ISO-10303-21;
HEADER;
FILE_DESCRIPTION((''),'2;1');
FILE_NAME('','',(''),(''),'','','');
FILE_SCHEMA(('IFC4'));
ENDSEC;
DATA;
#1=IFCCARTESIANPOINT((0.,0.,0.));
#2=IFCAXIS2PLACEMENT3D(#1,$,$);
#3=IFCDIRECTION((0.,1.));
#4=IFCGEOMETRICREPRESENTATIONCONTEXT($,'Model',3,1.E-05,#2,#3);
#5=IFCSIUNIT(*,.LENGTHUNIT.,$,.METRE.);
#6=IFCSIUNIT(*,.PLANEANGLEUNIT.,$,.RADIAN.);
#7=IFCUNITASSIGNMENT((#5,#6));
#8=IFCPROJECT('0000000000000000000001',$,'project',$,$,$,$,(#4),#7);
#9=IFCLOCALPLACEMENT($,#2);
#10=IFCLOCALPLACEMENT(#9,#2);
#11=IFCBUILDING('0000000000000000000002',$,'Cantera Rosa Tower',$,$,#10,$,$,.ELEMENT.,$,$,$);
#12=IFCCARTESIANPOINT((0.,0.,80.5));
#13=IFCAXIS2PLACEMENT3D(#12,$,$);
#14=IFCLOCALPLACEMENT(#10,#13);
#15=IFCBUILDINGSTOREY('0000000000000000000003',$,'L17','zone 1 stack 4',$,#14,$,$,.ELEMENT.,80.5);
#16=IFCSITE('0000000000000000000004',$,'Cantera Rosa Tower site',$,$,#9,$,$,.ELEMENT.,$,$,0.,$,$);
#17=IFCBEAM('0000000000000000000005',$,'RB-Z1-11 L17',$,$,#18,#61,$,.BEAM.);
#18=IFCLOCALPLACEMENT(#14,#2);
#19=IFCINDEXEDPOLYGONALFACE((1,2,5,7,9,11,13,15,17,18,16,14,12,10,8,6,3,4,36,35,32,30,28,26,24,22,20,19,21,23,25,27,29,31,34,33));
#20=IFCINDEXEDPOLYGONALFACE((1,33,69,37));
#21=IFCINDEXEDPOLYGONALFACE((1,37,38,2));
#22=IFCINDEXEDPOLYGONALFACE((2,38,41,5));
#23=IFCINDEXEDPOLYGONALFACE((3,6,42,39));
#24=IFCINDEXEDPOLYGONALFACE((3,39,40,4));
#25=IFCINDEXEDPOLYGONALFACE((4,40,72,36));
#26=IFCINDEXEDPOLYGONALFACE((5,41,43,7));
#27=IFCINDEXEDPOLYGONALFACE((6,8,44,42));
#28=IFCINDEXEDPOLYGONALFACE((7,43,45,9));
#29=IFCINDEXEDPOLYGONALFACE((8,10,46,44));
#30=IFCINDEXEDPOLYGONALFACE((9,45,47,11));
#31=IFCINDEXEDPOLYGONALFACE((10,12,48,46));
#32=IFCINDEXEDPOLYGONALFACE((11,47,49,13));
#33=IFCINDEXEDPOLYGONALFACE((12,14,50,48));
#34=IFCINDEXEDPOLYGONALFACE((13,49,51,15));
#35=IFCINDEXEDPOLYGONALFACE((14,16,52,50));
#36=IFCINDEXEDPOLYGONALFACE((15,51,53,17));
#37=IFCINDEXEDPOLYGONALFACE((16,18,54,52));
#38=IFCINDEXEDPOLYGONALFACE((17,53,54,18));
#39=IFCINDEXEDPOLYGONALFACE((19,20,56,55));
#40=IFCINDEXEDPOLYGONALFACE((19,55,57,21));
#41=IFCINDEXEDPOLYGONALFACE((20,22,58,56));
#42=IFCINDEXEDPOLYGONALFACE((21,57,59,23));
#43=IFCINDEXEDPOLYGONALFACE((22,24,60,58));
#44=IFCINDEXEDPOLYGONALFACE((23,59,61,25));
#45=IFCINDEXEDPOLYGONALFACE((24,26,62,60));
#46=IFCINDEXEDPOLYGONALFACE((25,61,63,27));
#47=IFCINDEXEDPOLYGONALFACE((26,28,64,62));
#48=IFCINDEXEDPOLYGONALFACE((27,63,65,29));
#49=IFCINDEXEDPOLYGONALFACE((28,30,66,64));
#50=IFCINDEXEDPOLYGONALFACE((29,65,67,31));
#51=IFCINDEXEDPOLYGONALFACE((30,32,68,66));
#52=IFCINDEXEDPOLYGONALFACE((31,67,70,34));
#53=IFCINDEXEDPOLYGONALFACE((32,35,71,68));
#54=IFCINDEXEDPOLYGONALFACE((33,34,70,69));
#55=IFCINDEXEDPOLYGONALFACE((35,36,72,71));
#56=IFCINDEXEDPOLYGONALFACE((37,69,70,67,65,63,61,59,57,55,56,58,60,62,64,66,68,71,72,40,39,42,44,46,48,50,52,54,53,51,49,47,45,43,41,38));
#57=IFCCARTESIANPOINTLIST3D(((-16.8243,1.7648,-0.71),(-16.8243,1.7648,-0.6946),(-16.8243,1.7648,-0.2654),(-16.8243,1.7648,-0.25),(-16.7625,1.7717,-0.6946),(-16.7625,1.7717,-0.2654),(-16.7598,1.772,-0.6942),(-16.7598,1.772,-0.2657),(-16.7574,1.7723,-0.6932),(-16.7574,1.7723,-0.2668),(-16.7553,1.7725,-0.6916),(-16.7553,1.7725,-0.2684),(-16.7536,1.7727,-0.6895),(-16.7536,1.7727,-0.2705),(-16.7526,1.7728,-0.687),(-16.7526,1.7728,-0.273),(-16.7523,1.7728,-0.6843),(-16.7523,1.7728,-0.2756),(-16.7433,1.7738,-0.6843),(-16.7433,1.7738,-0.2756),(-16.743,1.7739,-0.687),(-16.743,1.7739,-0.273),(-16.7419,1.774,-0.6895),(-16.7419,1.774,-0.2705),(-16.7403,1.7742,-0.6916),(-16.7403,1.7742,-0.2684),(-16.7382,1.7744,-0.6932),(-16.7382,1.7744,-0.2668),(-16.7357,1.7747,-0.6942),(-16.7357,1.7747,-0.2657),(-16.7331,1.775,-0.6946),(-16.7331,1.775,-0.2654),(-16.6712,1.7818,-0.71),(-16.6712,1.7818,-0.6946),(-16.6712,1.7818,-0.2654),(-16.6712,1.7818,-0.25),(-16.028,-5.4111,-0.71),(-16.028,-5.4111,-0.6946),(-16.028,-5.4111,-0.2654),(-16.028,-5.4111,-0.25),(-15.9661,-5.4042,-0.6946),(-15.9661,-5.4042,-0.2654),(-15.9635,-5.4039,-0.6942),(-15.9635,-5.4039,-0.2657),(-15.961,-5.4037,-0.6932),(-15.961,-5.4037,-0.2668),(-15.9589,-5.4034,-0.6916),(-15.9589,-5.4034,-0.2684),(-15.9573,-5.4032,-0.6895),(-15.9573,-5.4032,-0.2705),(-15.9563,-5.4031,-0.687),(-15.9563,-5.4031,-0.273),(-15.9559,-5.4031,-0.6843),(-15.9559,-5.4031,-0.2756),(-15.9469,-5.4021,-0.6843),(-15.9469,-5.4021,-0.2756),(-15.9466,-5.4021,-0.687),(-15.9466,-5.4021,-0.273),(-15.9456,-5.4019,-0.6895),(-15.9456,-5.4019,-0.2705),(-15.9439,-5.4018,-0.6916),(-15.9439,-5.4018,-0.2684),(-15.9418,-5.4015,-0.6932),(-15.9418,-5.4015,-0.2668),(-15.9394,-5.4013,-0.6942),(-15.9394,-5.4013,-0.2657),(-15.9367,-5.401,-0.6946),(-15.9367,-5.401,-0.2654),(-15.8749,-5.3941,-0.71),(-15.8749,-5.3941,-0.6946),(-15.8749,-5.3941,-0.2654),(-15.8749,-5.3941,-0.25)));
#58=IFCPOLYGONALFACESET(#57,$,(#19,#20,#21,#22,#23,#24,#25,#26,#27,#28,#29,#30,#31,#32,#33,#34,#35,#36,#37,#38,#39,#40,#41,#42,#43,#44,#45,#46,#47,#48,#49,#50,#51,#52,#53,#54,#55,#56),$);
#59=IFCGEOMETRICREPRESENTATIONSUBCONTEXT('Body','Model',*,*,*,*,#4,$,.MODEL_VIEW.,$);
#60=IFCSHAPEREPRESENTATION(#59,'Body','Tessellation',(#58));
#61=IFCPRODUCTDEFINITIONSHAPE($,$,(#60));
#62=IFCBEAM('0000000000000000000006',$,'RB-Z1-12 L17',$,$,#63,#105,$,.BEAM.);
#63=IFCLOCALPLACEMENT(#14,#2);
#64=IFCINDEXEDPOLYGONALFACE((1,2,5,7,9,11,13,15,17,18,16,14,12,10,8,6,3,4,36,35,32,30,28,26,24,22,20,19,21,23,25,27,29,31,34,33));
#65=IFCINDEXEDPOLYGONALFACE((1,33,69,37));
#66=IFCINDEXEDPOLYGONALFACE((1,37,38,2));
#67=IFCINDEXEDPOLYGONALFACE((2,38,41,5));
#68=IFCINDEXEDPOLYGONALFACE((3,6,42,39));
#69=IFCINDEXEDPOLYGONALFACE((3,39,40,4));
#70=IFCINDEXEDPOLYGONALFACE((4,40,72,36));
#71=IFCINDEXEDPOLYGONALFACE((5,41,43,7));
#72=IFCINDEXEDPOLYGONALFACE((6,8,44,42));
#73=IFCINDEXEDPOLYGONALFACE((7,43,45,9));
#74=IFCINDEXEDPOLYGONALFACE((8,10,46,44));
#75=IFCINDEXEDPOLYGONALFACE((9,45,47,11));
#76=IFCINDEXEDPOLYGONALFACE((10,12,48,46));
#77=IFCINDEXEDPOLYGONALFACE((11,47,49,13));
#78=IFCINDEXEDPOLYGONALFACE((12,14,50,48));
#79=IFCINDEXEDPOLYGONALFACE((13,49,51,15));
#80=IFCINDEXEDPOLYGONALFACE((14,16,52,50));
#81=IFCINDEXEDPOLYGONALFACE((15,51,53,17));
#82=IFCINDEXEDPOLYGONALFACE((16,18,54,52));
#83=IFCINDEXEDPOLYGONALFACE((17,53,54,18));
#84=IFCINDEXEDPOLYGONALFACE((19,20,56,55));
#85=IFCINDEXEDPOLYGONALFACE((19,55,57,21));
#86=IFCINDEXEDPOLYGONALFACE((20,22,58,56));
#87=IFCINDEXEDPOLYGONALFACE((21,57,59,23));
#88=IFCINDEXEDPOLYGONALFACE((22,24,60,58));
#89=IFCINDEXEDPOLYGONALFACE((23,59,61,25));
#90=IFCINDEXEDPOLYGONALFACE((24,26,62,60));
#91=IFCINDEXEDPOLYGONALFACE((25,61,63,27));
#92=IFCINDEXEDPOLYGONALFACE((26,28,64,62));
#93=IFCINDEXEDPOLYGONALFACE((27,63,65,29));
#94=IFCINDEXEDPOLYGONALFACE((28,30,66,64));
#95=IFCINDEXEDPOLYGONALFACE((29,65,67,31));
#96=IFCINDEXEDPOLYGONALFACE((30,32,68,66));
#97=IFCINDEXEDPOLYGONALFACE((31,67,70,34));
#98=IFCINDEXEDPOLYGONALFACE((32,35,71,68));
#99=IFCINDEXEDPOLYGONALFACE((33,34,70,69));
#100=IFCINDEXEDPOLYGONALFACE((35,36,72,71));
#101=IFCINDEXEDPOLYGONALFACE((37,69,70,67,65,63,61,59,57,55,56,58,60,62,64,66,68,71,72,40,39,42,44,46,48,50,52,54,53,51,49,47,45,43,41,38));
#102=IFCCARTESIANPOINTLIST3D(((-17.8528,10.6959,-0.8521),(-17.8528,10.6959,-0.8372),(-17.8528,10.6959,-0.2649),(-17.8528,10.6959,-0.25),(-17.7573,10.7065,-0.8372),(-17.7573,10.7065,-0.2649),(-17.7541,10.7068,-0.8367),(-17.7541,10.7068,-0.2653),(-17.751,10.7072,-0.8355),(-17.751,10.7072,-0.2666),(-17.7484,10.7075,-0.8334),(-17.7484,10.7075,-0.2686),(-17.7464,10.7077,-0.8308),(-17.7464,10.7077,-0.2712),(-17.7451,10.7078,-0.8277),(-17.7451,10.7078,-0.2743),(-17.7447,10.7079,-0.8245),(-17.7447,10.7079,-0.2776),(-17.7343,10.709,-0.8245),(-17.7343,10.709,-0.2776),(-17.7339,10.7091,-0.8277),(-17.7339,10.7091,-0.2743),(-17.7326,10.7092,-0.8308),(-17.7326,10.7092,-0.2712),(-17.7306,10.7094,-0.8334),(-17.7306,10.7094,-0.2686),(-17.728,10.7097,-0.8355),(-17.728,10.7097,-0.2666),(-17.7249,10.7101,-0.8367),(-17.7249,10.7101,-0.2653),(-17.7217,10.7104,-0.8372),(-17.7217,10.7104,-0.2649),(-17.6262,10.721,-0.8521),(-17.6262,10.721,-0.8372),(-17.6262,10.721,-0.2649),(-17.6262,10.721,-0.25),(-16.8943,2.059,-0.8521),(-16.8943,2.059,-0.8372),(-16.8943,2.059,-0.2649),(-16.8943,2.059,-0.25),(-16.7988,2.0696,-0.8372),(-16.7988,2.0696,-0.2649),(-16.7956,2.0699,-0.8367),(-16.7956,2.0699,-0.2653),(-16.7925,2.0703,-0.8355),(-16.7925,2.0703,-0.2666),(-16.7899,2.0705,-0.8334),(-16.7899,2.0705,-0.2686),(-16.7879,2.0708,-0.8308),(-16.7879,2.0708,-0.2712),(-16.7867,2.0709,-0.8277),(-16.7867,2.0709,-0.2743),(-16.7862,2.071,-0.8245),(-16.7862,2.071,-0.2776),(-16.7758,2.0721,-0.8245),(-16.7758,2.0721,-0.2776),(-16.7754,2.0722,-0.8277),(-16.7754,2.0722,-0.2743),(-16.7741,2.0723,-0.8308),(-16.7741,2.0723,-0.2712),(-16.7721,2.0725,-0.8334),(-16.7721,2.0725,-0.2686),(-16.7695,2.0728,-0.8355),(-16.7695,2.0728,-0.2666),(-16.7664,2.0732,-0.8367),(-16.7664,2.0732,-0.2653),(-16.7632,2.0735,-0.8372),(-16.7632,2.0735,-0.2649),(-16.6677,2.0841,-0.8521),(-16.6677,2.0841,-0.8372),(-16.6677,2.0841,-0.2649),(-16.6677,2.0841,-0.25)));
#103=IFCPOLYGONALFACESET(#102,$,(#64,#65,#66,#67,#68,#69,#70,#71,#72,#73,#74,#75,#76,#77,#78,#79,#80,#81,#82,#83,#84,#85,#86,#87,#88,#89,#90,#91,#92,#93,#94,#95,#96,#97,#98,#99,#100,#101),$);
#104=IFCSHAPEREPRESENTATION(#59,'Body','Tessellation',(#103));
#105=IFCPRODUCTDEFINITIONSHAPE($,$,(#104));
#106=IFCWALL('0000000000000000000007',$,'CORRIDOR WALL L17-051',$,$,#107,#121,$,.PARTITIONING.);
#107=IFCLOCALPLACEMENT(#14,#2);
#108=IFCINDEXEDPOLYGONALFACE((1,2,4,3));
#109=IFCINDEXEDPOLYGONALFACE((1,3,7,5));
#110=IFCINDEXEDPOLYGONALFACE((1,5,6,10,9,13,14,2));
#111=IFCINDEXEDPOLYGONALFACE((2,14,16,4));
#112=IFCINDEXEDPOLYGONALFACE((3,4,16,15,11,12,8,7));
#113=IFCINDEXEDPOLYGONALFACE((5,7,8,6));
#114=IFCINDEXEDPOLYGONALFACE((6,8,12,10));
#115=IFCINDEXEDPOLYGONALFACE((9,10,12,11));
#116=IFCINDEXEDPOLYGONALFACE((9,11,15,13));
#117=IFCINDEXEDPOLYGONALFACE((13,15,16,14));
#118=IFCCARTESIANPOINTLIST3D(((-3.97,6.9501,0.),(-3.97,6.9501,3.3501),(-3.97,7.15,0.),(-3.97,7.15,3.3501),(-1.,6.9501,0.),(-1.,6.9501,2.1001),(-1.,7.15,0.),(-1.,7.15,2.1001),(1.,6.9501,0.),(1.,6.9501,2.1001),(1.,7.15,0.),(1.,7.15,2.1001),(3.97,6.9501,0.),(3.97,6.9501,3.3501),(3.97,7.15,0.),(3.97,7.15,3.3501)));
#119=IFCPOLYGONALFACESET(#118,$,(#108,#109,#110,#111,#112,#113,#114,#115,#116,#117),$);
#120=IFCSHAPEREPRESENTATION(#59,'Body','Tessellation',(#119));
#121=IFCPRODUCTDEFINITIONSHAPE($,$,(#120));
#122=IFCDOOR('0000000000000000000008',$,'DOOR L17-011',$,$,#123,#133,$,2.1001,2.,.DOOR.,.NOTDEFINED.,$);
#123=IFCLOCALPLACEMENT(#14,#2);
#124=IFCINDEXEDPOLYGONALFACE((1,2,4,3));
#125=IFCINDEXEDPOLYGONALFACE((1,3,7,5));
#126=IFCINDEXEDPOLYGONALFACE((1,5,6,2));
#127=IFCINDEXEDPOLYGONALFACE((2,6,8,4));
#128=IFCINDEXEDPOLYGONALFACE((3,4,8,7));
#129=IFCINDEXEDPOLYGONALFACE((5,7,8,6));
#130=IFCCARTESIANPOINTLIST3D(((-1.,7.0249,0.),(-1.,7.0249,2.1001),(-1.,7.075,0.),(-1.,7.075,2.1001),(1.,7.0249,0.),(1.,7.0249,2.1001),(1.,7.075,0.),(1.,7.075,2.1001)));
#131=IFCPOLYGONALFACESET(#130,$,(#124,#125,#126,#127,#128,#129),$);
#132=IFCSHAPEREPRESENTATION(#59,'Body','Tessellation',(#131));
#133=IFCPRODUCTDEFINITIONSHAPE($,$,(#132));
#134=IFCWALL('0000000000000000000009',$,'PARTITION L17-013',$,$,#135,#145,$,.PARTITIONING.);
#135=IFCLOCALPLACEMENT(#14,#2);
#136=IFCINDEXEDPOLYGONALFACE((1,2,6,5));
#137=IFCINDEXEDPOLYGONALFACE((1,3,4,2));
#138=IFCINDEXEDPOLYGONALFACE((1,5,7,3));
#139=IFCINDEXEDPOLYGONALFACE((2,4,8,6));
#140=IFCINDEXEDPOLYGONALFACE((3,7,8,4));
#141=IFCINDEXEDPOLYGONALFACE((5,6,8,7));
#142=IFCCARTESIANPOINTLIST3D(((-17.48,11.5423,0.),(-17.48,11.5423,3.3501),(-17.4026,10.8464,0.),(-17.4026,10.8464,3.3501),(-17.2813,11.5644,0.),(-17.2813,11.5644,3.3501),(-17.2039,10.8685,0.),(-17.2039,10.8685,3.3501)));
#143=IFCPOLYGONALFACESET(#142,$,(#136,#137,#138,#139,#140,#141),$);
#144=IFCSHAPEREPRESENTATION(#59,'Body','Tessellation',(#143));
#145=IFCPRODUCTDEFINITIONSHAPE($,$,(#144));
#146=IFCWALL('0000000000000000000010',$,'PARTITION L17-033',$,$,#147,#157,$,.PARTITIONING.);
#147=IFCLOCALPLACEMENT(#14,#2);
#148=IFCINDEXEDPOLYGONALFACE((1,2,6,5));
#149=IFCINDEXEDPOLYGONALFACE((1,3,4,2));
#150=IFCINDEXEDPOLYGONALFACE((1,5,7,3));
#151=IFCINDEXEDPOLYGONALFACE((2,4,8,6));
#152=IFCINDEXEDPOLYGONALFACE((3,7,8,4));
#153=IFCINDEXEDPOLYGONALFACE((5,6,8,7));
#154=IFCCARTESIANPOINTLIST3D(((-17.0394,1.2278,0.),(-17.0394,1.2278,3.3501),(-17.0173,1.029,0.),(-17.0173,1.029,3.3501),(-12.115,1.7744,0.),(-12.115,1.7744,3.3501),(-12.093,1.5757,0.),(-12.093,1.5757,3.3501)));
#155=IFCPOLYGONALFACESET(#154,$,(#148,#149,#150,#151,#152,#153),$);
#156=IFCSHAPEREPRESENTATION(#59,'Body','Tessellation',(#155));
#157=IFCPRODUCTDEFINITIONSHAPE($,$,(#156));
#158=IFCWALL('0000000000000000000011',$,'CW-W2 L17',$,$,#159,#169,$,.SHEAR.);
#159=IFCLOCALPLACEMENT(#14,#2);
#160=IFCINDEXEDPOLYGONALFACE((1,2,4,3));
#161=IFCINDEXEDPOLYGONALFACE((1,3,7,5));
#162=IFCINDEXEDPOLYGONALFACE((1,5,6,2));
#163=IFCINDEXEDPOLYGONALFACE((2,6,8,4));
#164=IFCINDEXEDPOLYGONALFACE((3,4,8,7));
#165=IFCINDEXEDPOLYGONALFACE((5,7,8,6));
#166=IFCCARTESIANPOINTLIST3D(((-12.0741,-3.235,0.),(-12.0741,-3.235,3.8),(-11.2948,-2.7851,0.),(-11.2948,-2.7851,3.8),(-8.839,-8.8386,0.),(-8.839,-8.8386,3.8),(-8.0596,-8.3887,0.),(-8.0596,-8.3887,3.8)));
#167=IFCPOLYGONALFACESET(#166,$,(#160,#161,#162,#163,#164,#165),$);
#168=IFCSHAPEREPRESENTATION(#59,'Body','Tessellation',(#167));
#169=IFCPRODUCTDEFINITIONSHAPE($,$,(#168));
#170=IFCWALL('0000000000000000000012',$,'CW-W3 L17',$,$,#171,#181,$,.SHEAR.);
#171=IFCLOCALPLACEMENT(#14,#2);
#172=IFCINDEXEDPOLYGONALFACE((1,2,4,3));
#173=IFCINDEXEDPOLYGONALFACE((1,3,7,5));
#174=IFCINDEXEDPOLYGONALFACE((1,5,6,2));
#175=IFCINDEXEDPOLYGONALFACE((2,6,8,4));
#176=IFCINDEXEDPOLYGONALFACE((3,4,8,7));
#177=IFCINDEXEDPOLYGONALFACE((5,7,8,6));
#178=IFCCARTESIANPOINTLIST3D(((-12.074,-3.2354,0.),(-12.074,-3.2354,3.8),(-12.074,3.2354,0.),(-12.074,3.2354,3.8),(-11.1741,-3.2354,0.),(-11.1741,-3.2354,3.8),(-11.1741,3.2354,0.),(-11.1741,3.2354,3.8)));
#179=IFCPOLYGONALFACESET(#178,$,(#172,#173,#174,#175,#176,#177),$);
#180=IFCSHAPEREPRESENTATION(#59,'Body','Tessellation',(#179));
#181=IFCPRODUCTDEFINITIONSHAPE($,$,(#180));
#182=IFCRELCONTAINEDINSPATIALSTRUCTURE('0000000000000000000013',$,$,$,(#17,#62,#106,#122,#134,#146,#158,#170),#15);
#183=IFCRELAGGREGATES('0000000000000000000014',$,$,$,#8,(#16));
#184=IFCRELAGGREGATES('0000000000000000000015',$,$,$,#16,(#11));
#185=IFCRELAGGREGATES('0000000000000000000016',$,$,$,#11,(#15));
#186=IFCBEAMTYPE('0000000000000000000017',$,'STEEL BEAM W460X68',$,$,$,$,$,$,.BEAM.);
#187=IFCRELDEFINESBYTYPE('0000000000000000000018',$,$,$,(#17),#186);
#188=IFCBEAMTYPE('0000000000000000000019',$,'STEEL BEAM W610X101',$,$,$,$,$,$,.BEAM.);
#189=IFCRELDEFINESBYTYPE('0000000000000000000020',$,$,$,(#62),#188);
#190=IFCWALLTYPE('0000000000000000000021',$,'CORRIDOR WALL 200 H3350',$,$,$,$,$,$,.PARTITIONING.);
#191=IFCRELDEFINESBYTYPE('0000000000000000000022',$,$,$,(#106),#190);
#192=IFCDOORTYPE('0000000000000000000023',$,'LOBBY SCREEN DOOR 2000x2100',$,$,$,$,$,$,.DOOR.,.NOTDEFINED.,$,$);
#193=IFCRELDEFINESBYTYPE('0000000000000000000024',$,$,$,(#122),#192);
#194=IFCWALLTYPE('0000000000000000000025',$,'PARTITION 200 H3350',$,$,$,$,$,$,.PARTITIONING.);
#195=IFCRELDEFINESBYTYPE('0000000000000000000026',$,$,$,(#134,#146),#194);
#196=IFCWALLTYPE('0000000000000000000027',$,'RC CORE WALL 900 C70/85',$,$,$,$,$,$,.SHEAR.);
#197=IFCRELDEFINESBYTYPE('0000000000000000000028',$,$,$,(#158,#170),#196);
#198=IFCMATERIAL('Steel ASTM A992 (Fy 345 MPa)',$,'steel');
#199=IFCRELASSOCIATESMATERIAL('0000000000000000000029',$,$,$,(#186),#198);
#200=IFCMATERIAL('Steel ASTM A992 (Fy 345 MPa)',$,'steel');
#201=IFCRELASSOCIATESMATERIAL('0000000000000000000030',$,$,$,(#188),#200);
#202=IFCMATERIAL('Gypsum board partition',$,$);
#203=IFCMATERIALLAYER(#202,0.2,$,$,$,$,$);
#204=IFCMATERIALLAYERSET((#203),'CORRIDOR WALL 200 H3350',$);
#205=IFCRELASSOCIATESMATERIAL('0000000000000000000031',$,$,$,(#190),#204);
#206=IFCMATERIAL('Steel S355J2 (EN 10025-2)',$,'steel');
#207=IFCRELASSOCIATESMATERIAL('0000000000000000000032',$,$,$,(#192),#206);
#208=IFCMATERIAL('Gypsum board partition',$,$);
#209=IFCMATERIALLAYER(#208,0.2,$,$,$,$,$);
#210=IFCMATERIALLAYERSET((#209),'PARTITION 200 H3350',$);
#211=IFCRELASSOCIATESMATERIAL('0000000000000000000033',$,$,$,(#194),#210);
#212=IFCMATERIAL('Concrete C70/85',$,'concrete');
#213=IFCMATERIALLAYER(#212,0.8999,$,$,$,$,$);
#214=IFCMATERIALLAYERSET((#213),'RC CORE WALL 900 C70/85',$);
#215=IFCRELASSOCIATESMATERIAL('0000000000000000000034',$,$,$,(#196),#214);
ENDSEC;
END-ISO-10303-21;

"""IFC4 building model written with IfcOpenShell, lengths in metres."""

from ifc_helpers import new_model, si_unit, direction, frame, frame_2d, origin, origin_2d, place, context, subcontext, project, spatial, rectangle, i_section, extrude, material, layer, layer_set, material_profile, profile_set, type_object, element, fill, save


model = new_model("IFC4")

# Units and contexts
model_context = context("Model", 3, precision=1e-05, world=origin(), true_north=direction((0.0, 1.0)))
body_context = subcontext(model_context, "Body", "Model", "MODEL_VIEW")
ifc_project = project(units=[si_unit("LENGTHUNIT", "METRE"), si_unit("PLANEANGLEUNIT", "RADIAN")], contexts=[model_context])

# Site, building, storey
site_placement = place(None, origin())
site = spatial("IfcSite", under=ifc_project, at=site_placement, Name="Cantera Rosa Tower site", CompositionType="ELEMENT", RefElevation=0.0)
building_placement = place(site_placement, origin())
building = spatial("IfcBuilding", under=site, at=building_placement, Name="Cantera Rosa Tower", CompositionType="ELEMENT")
storey_placement = place(building_placement, frame((0.0, 0.0, 80.5)))
storey = spatial("IfcBuildingStorey", under=building, at=storey_placement, Name="L17", Description="zone 1 stack 4", CompositionType="ELEMENT", Elevation=80.5)

# Beams
ifc_material_1 = material(Name="Steel ASTM A992 (Fy 345 MPa)", Category="steel")
ifc_material_profile_1 = material_profile(ifc_material_1, i_section(OverallWidth=0.1541, OverallDepth=0.46, WebThickness=0.009, FlangeThickness=0.0154, FilletRadius=0.0103, at=origin_2d()), Name="W460X68")
ifc_profile_set_1 = profile_set([ifc_material_profile_1], Name="Steel ASTM A992 (Fy 345 MPa)")
beam_type_1 = type_object("IfcBeamType", Name="STEEL BEAM W460X68", PredefinedType="BEAM", material=ifc_profile_set_1)
beam_1_placement = place(storey_placement, frame((-15.9514, -5.4026, -0.48), z_axis=(-0.110302, 0.993898, 0.0), x_axis=(-0.993898, -0.110302, 0.0)))
element("IfcBeam", 1, at=beam_1_placement, inside=storey, type_object=beam_type_1, Name="RB-Z1-11 L17", PredefinedType="BEAM", context=body_context, shape_type="SweptSolid", body=[
    extrude(i_section(OverallWidth=0.1541, OverallDepth=0.46, WebThickness=0.009, FlangeThickness=0.0154, FilletRadius=0.0103, at=origin_2d()), origin(), (0.0, 0.0, 1.0), 7.22),
])
ifc_material_2 = material(Name="Steel ASTM A992 (Fy 345 MPa)", Category="steel")
ifc_material_profile_2 = material_profile(ifc_material_2, i_section(OverallWidth=0.228, OverallDepth=0.6021, WebThickness=0.0105, FlangeThickness=0.0149, FilletRadius=0.0127, at=origin_2d()), Name="W610X101")
ifc_profile_set_2 = profile_set([ifc_material_profile_2], Name="Steel ASTM A992 (Fy 345 MPa)")
beam_type_2 = type_object("IfcBeamType", Name="STEEL BEAM W610X101", PredefinedType="BEAM", material=ifc_profile_set_2)
beam_2_placement = place(storey_placement, frame((-16.781, 2.0715, -0.551), z_axis=(-0.110299, 0.993898, 0.0), x_axis=(-0.993898, -0.110299, 0.0)))
element("IfcBeam", 2, at=beam_2_placement, inside=storey, type_object=beam_type_2, Name="RB-Z1-12 L17", PredefinedType="BEAM", context=body_context, shape_type="SweptSolid", body=[
    extrude(i_section(OverallWidth=0.228, OverallDepth=0.6021, WebThickness=0.0105, FlangeThickness=0.0149, FilletRadius=0.0127, at=origin_2d()), origin(), (0.0, 0.0, 1.0), 8.6899),
])

# Wall, opening, door
ifc_material_3 = material(Name="Gypsum board partition")
ifc_layer_1 = layer(ifc_material_3, 0.2)
ifc_layer_set_1 = layer_set([ifc_layer_1], Name="CORRIDOR WALL 200 H3350")
wall_type_1 = type_object("IfcWallType", Name="CORRIDOR WALL 200 H3350", PredefinedType="PARTITIONING", material=ifc_layer_set_1)
wall_1_placement = place(storey_placement, frame((-3.97, 7.05, 0.0), z_axis=(0.0, 0.0, 1.0), x_axis=(1.0, 0.0, 0.0)))
wall_1 = element("IfcWall", 3, at=wall_1_placement, inside=storey, type_object=wall_type_1, Name="CORRIDOR WALL L17-051", PredefinedType="PARTITIONING", context=body_context, shape_type="SweptSolid", body=[
    extrude(rectangle(XDim=7.9399, YDim=0.2, at=frame_2d((3.97, 0.0))), origin(), (0.0, 0.0, 1.0), 3.3501),
])
opening_placement = place(wall_1_placement, frame((2.97, 0.0, 0.0)))
opening = element("IfcOpeningElement", 4, at=opening_placement, cuts=wall_1, PredefinedType="OPENING", context=body_context, shape_type="SweptSolid", body=[
    extrude(rectangle(XDim=2.0, YDim=2.1001, at=frame_2d((1.0, 1.05))), frame((0.0, 0.1099, 0.0), z_axis=(0.0, -1.0, 0.0), x_axis=(1.0, 0.0, 0.0)), (0.0, 0.0, 1.0), 0.22),
])
ifc_material_4 = material(Name="Steel S355J2 (EN 10025-2)", Category="steel")
door_type = type_object("IfcDoorType", Name="LOBBY SCREEN DOOR 2000x2100", OperationType="NOTDEFINED", PredefinedType="DOOR", material=ifc_material_4)
door_placement = place(opening_placement, origin())
door = element("IfcDoor", 5, at=door_placement, inside=storey, type_object=door_type, Name="DOOR L17-011", OperationType="NOTDEFINED", OverallHeight=2.1001, OverallWidth=2.0, PredefinedType="DOOR", context=body_context, shape_type="SweptSolid", body=[
    extrude(rectangle(XDim=2.0, YDim=2.1001, at=frame_2d((1.0, 1.05))), frame((0.0, 0.0249, 0.0), z_axis=(0.0, -1.0, 0.0), x_axis=(1.0, 0.0, 0.0)), (0.0, 0.0, 1.0), 0.05),
])
fill(opening, door)

# Walls
ifc_material_5 = material(Name="Gypsum board partition")
ifc_layer_2 = layer(ifc_material_5, 0.2)
ifc_layer_set_2 = layer_set([ifc_layer_2], Name="PARTITION 200 H3350")
wall_type_2 = type_object("IfcWallType", Name="PARTITION 200 H3350", PredefinedType="PARTITIONING", material=ifc_layer_set_2)
wall_2_placement = place(storey_placement, frame((-17.3032, 10.8574, 0.0), z_axis=(0.0, 0.0, 1.0), x_axis=(-0.110546, 0.993871, 0.0)))
element("IfcWall", 6, at=wall_2_placement, inside=storey, type_object=wall_type_2, Name="PARTITION L17-013", PredefinedType="PARTITIONING", context=body_context, shape_type="SweptSolid", body=[
    extrude(rectangle(XDim=0.7002, YDim=0.2, at=frame_2d((0.3501, 0.0))), origin(), (0.0, 0.0, 1.0), 3.3501),
])
wall_3_placement = place(storey_placement, frame((-12.104, 1.675, 0.0), z_axis=(0.0, 0.0, 1.0), x_axis=(-0.993895, -0.110329, 0.0)))
element("IfcWall", 7, at=wall_3_placement, inside=storey, type_object=wall_type_2, Name="PARTITION L17-033", PredefinedType="PARTITIONING", context=body_context, shape_type="SweptSolid", body=[
    extrude(rectangle(XDim=4.9546, YDim=0.2, at=frame_2d((2.4773, 0.0))), origin(), (0.0, 0.0, 1.0), 3.3501),
])
ifc_material_6 = material(Name="Concrete C70/85", Category="concrete")
ifc_layer_3 = layer(ifc_material_6, 0.8999)
ifc_layer_set_3 = layer_set([ifc_layer_3], Name="RC CORE WALL 900 C70/85")
wall_type_3 = type_object("IfcWallType", Name="RC CORE WALL 900 C70/85", PredefinedType="SHEAR", material=ifc_layer_set_3)
wall_4_placement = place(storey_placement, frame((-8.4492, -8.6138, 0.0), z_axis=(0.0, 0.0, 1.0), x_axis=(-0.49999, 0.866031, 0.0)))
element("IfcWall", 8, at=wall_4_placement, inside=storey, type_object=wall_type_3, Name="CW-W2 L17", PredefinedType="SHEAR", context=body_context, shape_type="SweptSolid", body=[
    extrude(rectangle(XDim=6.4705, YDim=0.8999, at=frame_2d((3.2354, 0.0))), origin(), (0.0, 0.0, 1.0), 3.8),
])
wall_5_placement = place(storey_placement, frame((-11.624, -3.2354, 0.0), z_axis=(0.0, 0.0, 1.0), x_axis=(0.0, 1.0, 0.0)))
element("IfcWall", 9, at=wall_5_placement, inside=storey, type_object=wall_type_3, Name="CW-W3 L17", PredefinedType="SHEAR", context=body_context, shape_type="SweptSolid", body=[
    extrude(rectangle(XDim=6.4707, YDim=0.8999, at=frame_2d((3.2354, 0.0))), origin(), (0.0, 0.0, 1.0), 3.8),
])

save(model, "model.ifc")
